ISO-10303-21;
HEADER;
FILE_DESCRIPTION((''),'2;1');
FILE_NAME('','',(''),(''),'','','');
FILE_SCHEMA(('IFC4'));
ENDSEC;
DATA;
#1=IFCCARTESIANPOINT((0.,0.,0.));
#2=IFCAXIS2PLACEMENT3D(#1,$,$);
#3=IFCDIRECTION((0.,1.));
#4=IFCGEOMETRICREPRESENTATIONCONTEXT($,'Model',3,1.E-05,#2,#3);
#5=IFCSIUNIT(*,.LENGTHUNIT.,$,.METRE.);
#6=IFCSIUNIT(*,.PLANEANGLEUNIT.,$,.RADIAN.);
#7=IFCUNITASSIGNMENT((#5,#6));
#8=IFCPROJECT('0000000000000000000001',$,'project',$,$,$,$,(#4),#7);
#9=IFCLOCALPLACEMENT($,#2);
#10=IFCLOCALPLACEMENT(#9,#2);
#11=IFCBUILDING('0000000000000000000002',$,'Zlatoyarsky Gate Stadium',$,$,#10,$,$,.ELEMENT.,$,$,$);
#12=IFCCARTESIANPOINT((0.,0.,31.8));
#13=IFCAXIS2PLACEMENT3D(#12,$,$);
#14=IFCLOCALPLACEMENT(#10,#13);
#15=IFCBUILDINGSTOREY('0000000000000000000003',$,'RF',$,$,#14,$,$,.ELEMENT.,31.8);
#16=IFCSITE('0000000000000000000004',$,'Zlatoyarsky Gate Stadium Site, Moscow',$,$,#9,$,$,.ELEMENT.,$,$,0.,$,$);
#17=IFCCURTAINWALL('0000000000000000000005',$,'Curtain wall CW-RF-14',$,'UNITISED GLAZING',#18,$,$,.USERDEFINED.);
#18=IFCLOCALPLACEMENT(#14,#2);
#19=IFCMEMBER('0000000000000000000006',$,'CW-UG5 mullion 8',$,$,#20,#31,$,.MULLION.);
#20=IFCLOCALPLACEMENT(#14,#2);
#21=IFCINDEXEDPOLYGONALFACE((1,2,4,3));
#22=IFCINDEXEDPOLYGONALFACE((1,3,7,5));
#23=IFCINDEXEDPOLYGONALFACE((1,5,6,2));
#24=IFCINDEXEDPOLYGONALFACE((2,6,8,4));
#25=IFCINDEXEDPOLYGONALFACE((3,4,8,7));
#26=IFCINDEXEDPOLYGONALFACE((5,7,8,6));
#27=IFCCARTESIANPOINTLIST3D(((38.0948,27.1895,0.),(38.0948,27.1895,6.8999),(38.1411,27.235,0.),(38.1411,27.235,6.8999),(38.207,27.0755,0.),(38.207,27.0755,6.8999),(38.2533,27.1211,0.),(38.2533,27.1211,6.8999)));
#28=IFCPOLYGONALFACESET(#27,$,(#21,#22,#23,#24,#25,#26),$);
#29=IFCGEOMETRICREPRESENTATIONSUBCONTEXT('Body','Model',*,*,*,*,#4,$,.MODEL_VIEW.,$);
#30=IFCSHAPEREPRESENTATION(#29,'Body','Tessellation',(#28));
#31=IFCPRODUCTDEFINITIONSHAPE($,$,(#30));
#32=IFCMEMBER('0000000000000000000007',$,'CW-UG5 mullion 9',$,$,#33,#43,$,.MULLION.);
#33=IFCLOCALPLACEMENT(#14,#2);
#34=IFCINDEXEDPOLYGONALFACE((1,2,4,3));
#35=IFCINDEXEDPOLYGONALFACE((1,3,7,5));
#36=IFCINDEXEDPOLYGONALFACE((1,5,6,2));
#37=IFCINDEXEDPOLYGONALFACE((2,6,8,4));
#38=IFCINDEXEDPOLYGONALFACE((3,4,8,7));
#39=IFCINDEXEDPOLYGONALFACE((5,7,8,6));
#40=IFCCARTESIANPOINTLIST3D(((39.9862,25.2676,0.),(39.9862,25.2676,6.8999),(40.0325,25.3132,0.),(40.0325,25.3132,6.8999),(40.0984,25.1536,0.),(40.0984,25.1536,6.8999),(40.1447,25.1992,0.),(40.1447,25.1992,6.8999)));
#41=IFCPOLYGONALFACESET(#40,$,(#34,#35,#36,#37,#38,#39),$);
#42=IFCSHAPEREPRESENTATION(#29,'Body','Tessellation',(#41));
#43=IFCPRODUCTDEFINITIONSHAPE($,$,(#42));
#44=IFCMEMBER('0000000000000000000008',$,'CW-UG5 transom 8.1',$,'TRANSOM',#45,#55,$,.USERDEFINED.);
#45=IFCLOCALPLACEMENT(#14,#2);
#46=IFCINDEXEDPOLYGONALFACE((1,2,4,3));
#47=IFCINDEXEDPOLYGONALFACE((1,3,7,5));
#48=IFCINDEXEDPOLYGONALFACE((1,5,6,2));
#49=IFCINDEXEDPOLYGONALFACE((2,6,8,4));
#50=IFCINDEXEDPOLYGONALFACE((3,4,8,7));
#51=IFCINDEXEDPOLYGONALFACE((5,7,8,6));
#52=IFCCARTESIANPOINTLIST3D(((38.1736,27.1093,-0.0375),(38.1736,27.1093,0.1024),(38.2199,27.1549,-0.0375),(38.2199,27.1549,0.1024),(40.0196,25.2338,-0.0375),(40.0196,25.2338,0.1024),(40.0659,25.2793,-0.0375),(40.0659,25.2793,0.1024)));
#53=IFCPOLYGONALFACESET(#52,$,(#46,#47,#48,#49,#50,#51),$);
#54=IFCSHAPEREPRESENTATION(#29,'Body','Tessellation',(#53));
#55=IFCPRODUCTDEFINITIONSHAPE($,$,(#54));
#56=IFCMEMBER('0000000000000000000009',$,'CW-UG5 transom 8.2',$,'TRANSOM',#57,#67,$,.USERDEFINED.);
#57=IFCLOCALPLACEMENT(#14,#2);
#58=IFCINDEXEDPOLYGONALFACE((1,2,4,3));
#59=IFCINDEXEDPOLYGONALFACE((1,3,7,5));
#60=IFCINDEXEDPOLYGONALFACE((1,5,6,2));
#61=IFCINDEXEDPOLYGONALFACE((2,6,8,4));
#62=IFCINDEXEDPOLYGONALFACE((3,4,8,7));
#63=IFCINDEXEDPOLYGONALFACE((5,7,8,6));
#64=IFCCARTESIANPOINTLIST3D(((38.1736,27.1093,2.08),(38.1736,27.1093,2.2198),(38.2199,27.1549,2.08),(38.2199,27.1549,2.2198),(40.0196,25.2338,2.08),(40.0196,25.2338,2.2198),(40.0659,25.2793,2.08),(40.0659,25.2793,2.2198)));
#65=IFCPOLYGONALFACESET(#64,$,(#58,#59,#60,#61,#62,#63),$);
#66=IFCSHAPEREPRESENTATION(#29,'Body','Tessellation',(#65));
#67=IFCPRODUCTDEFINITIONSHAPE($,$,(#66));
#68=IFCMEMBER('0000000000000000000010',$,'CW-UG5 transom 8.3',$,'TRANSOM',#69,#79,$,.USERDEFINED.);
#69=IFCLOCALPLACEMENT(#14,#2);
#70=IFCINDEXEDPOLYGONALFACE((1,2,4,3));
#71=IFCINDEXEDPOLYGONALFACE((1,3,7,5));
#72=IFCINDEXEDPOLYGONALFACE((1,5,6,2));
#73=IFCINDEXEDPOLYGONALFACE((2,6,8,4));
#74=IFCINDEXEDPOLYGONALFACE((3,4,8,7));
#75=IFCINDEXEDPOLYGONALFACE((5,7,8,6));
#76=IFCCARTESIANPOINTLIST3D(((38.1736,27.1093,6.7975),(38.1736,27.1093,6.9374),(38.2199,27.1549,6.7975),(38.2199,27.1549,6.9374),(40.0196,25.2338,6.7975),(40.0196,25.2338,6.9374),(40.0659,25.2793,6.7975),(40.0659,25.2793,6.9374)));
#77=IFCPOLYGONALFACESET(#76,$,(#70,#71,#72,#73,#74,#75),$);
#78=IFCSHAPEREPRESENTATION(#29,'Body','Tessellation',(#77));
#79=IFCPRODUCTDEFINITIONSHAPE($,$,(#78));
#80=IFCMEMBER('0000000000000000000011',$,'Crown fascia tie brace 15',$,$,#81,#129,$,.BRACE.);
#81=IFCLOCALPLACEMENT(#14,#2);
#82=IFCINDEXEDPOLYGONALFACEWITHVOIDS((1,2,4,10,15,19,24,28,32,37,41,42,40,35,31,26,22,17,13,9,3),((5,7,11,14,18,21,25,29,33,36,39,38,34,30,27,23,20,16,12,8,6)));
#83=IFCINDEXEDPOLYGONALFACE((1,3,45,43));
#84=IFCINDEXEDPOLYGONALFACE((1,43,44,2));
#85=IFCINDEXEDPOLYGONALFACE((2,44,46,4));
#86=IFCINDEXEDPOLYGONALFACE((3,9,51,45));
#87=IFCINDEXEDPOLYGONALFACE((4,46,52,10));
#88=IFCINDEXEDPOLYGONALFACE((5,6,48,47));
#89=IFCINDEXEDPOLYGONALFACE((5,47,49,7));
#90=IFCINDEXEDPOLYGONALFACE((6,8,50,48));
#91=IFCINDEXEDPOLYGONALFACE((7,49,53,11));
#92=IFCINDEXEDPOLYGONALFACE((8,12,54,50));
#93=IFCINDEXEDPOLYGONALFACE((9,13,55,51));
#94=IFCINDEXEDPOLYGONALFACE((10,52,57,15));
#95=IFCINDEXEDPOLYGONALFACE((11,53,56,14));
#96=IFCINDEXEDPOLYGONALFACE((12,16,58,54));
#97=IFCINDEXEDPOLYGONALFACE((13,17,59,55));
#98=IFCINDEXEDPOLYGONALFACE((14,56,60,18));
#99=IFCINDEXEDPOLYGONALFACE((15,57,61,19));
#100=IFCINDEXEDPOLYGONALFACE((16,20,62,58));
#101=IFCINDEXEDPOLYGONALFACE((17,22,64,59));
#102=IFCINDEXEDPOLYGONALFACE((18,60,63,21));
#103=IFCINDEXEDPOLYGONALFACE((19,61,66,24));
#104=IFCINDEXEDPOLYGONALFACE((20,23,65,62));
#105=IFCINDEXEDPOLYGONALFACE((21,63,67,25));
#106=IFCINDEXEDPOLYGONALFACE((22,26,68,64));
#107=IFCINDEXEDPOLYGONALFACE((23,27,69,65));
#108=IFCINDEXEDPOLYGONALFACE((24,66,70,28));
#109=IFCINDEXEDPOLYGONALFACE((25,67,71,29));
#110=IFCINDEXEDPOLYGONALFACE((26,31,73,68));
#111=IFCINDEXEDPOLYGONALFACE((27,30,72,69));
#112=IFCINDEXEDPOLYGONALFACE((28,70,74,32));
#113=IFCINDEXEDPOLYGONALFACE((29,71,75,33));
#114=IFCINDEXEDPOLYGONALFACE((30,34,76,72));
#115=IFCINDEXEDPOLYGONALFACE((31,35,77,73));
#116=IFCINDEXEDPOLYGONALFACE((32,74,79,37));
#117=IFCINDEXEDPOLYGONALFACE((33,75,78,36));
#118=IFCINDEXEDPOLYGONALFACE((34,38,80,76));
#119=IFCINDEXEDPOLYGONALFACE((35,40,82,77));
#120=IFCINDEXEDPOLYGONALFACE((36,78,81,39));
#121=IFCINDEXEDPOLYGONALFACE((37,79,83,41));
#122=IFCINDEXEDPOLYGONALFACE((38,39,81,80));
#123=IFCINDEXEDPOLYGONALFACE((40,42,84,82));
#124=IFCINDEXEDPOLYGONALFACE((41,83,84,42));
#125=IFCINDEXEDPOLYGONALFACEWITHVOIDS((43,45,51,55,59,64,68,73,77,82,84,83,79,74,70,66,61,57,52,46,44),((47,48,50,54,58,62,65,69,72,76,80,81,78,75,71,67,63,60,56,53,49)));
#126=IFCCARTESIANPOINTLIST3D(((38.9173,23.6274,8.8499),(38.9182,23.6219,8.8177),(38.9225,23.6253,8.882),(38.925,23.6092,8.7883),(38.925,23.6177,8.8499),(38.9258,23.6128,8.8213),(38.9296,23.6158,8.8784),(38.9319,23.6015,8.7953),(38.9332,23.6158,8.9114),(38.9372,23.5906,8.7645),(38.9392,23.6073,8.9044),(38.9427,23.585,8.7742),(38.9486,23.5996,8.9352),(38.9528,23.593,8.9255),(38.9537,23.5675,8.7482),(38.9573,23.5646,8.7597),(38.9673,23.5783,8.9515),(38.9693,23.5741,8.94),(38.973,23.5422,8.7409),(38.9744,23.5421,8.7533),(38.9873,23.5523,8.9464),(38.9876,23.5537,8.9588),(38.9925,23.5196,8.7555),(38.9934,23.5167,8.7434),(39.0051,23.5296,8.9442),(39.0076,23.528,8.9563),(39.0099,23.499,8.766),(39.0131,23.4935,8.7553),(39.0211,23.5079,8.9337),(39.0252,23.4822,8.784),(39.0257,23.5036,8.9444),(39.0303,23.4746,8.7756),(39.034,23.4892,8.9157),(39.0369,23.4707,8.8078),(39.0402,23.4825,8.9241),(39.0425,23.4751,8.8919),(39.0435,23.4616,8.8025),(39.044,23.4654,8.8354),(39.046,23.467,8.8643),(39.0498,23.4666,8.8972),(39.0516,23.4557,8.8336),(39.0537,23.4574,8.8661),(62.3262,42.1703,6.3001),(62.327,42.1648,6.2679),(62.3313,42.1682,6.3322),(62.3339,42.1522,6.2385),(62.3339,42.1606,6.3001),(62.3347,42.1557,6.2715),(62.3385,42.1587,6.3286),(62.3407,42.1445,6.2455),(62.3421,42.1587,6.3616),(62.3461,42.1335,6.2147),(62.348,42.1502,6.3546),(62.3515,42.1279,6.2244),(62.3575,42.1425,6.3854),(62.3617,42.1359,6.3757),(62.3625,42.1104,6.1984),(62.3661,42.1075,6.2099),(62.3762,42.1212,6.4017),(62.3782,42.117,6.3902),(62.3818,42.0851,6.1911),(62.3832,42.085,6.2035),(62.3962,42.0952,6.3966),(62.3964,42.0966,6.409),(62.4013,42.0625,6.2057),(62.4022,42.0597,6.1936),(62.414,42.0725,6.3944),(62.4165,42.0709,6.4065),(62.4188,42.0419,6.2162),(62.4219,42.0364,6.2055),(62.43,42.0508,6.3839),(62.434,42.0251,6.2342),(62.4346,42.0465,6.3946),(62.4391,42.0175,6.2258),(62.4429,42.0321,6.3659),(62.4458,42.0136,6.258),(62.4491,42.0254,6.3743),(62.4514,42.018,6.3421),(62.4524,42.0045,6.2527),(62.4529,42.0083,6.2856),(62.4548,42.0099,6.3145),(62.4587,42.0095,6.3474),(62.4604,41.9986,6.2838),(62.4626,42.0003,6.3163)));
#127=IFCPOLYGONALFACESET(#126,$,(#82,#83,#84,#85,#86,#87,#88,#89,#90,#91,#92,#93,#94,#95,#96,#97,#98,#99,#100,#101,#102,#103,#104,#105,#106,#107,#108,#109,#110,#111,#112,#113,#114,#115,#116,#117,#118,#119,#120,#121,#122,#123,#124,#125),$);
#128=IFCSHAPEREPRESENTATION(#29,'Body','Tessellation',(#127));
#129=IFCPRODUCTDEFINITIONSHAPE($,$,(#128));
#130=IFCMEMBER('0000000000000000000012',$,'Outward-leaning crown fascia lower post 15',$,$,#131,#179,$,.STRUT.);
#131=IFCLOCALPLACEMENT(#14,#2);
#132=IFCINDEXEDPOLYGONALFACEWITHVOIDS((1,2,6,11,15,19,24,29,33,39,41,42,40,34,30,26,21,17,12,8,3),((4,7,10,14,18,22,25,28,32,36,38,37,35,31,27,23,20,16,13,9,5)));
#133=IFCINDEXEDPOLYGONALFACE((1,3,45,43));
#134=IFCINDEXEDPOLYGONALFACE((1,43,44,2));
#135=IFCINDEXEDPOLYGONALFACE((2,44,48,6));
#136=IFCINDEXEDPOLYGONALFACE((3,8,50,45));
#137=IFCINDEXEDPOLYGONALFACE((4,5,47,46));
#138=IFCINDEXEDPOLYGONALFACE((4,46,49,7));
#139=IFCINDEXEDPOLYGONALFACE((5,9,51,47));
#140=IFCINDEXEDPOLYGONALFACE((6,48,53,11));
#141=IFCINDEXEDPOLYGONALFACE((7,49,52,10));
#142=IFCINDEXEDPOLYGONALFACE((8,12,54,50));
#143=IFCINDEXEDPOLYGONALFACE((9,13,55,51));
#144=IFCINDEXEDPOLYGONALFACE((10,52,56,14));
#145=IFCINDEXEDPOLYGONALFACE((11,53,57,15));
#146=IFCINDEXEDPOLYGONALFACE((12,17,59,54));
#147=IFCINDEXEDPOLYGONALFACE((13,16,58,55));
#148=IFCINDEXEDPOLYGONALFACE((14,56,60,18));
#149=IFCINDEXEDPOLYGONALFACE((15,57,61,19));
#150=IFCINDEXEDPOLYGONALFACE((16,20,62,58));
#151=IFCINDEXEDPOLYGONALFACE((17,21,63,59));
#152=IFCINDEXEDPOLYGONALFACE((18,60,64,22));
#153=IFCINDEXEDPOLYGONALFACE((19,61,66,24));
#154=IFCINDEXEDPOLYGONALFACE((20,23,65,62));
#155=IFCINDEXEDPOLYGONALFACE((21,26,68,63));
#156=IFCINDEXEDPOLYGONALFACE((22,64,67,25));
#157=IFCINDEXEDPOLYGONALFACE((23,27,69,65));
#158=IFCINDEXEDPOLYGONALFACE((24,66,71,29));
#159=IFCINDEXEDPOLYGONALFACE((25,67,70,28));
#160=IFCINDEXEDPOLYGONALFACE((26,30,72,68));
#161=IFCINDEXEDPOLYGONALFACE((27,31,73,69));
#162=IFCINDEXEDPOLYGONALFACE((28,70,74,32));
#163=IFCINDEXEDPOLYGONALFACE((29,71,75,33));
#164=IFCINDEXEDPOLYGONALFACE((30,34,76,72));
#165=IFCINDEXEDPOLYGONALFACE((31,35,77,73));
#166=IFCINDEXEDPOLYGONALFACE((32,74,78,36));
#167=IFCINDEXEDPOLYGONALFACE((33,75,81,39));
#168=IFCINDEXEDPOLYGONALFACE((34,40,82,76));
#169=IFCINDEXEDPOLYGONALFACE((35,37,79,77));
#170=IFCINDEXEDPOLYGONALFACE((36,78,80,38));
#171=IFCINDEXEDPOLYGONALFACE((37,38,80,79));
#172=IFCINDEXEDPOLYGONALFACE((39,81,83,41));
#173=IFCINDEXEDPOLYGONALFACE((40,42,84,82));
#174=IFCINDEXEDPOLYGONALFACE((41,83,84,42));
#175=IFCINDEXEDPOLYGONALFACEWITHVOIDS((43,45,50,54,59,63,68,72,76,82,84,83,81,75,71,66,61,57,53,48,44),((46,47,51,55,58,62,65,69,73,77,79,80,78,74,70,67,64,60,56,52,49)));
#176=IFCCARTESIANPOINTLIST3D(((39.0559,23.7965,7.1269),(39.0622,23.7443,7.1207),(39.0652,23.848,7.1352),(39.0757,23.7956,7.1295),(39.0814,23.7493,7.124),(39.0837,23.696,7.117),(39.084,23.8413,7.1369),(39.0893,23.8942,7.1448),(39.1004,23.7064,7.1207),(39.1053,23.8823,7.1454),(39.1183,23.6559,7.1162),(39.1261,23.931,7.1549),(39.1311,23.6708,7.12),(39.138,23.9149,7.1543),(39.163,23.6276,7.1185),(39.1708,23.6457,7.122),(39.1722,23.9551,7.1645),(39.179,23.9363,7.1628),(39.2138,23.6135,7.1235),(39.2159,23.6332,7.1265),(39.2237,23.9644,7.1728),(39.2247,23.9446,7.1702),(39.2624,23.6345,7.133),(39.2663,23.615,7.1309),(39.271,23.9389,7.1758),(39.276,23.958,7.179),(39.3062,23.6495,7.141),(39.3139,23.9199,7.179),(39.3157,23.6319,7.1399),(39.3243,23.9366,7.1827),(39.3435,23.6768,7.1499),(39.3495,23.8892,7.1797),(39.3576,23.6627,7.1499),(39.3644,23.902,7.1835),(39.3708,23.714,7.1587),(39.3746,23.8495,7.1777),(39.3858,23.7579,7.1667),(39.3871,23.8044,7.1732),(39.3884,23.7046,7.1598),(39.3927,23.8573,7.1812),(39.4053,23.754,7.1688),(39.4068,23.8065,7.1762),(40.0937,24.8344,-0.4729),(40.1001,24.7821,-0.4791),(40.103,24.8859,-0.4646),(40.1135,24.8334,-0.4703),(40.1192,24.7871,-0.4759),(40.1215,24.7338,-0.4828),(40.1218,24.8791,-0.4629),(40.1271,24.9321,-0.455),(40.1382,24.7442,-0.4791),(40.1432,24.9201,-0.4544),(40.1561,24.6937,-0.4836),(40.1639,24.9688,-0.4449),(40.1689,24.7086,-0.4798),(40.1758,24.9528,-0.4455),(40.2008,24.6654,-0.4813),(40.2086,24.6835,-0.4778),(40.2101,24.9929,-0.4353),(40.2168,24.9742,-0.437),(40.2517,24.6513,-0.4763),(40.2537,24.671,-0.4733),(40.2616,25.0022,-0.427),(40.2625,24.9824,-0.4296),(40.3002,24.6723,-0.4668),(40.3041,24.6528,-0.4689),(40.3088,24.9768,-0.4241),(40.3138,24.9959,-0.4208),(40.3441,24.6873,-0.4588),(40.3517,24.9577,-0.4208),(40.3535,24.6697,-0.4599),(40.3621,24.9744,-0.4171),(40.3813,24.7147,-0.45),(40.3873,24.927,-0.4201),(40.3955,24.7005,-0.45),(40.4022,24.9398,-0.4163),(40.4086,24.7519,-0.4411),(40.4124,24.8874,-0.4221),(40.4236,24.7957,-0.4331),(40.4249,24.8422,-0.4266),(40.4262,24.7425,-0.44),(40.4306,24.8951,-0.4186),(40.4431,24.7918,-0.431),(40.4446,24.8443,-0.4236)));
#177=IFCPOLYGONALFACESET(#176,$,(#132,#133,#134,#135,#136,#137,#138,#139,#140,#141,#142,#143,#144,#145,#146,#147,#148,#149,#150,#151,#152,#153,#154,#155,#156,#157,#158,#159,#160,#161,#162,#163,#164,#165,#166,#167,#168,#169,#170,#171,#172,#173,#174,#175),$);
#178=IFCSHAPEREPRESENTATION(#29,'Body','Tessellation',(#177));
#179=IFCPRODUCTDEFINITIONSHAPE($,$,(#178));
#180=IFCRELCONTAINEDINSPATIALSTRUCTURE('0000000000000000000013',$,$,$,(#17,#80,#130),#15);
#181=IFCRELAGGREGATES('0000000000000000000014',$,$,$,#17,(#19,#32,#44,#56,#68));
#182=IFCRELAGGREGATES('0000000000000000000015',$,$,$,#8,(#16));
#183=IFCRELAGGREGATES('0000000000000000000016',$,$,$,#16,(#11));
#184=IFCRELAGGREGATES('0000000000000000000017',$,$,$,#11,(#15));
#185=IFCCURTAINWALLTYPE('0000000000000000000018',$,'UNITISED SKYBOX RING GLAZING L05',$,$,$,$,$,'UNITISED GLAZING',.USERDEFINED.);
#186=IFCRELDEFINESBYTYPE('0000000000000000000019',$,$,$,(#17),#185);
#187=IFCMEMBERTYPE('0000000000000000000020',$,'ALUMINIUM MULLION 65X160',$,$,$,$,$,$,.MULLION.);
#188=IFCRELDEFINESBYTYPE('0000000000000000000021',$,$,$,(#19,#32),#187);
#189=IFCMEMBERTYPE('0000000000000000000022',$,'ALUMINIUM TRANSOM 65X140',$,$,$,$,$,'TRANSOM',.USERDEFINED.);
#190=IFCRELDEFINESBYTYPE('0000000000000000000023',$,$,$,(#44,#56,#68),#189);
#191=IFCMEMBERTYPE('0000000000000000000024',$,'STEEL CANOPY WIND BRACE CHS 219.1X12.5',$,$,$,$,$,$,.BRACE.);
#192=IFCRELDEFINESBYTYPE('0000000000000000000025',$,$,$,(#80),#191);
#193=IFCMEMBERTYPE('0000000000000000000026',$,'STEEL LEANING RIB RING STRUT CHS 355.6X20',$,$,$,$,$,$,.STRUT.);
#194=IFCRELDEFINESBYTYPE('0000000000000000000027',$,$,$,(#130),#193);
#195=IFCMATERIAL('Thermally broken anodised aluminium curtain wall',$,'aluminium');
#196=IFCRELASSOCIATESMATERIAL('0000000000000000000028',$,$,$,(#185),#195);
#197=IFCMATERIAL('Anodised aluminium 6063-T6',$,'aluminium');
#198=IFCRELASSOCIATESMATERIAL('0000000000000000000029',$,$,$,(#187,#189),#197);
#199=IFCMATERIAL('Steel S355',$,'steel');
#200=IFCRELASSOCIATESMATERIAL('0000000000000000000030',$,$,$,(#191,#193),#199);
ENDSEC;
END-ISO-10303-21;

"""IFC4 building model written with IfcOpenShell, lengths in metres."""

from ifc_helpers import new_model, si_unit, direction, frame, origin, origin_2d, place, context, subcontext, project, spatial, rectangle, hollow_circle, extrude, material, material_profile, profile_set, type_object, element, aggregate, save


model = new_model("IFC4")

# Units and contexts
model_context = context("Model", 3, precision=1e-05, world=origin(), true_north=direction((0.0, 1.0)))
body_context = subcontext(model_context, "Body", "Model", "MODEL_VIEW")
ifc_project = project(units=[si_unit("LENGTHUNIT", "METRE"), si_unit("PLANEANGLEUNIT", "RADIAN")], contexts=[model_context])

# Site, building, storey
site_placement = place(None, origin())
site = spatial("IfcSite", under=ifc_project, at=site_placement, Name="Zlatoyarsky Gate Stadium Site, Moscow", CompositionType="ELEMENT", RefElevation=0.0)
building_placement = place(site_placement, origin())
building = spatial("IfcBuilding", under=site, at=building_placement, Name="Zlatoyarsky Gate Stadium", CompositionType="ELEMENT")
storey_placement = place(building_placement, frame((0.0, 0.0, 31.8)))
storey = spatial("IfcBuildingStorey", under=building, at=storey_placement, Name="RF", CompositionType="ELEMENT", Elevation=31.8)

# Curtain wall, members
ifc_material_1 = material(Name="Thermally broken anodised aluminium curtain wall", Category="aluminium")
curtain_wall_type = type_object("IfcCurtainWallType", Name="UNITISED SKYBOX RING GLAZING L05", ElementType="UNITISED GLAZING", PredefinedType="USERDEFINED", material=ifc_material_1)
curtain_wall_placement = place(storey_placement, origin())
curtain_wall = element("IfcCurtainWall", 1, at=curtain_wall_placement, inside=storey, type_object=curtain_wall_type, Name="Curtain wall CW-RF-14", ObjectType="UNITISED GLAZING", PredefinedType="USERDEFINED")
ifc_material_2 = material(Name="Anodised aluminium 6063-T6", Category="aluminium")
ifc_material_profile_1 = material_profile(ifc_material_2, rectangle(XDim=0.0649, YDim=0.1599, at=origin_2d()), Name="ALU 65X160")
ifc_profile_set_1 = profile_set([ifc_material_profile_1], Name="Anodised aluminium 6063-T6")
member_type_1 = type_object("IfcMemberType", Name="ALUMINIUM MULLION 65X160", PredefinedType="MULLION", material=ifc_profile_set_1)
member_1_placement = place(storey_placement, frame((38.1741, 27.1553, 0.0), z_axis=(0.0, 0.0, 1.0), x_axis=(0.712766, 0.701402, 0.0)))
member_1 = element("IfcMember", 2, at=member_1_placement, type_object=member_type_1, Name="CW-UG5 mullion 8", PredefinedType="MULLION", context=body_context, shape_type="SweptSolid", body=[
    extrude(rectangle(XDim=0.0649, YDim=0.1599, at=origin_2d()), origin(), (0.0, 0.0, 1.0), 6.8999),
])
member_2_placement = place(storey_placement, frame((40.0654, 25.2334, 0.0), z_axis=(0.0, 0.0, 1.0), x_axis=(0.712766, 0.701402, 0.0)))
member_2 = element("IfcMember", 3, at=member_2_placement, type_object=member_type_1, Name="CW-UG5 mullion 9", PredefinedType="MULLION", context=body_context, shape_type="SweptSolid", body=[
    extrude(rectangle(XDim=0.0649, YDim=0.1599, at=origin_2d()), origin(), (0.0, 0.0, 1.0), 6.8999),
])
ifc_material_profile_2 = material_profile(ifc_material_2, rectangle(XDim=0.0649, YDim=0.1399, at=origin_2d()), Name="ALU 65X140")
ifc_profile_set_2 = profile_set([ifc_material_profile_2], Name="Anodised aluminium 6063-T6")
member_type_2 = type_object("IfcMemberType", Name="ALUMINIUM TRANSOM 65X140", ElementType="TRANSOM", PredefinedType="USERDEFINED", material=ifc_profile_set_2)
member_3_placement = place(storey_placement, frame((38.1968, 27.1321, 0.0325), z_axis=(0.701472, -0.712697, 0.0), x_axis=(0.712697, 0.701472, 0.0)))
member_3 = element("IfcMember", 4, at=member_3_placement, type_object=member_type_2, Name="CW-UG5 transom 8.1", ObjectType="TRANSOM", PredefinedType="USERDEFINED", context=body_context, shape_type="SweptSolid", body=[
    extrude(rectangle(XDim=0.0649, YDim=0.1399, at=origin_2d()), origin(), (0.0, 0.0, 1.0), 2.6316),
])
member_4_placement = place(storey_placement, frame((38.1968, 27.1321, 2.1499), z_axis=(0.701472, -0.712697, 0.0), x_axis=(0.712697, 0.701472, 0.0)))
member_4 = element("IfcMember", 5, at=member_4_placement, type_object=member_type_2, Name="CW-UG5 transom 8.2", ObjectType="TRANSOM", PredefinedType="USERDEFINED", context=body_context, shape_type="SweptSolid", body=[
    extrude(rectangle(XDim=0.0649, YDim=0.1399, at=origin_2d()), origin(), (0.0, 0.0, 1.0), 2.6316),
])
member_5_placement = place(storey_placement, frame((38.1968, 27.1321, 6.8674), z_axis=(0.701472, -0.712697, 0.0), x_axis=(0.712697, 0.701472, 0.0)))
member_5 = element("IfcMember", 6, at=member_5_placement, type_object=member_type_2, Name="CW-UG5 transom 8.3", ObjectType="TRANSOM", PredefinedType="USERDEFINED", context=body_context, shape_type="SweptSolid", body=[
    extrude(rectangle(XDim=0.0649, YDim=0.1399, at=origin_2d()), origin(), (0.0, 0.0, 1.0), 2.6316),
])

# Members
ifc_material_3 = material(Name="Steel S355", Category="steel")
ifc_material_profile_3 = material_profile(ifc_material_3, hollow_circle(Radius=0.1096, WallThickness=0.0125, at=origin_2d()), Name="CHS 219.1X12.5")
ifc_profile_set_3 = profile_set([ifc_material_profile_3], Name="Steel S355")
member_type_3 = type_object("IfcMemberType", Name="STEEL CANOPY WIND BRACE CHS 219.1X12.5", PredefinedType="BRACE", material=ifc_profile_set_3)
member_6_placement = place(storey_placement, frame((38.9854, 23.5415, 8.8499), z_axis=(0.781027, 0.618676, -0.085073), x_axis=(-0.620927, 0.783868, 0.0)))
element("IfcMember", 7, at=member_6_placement, inside=storey, type_object=member_type_3, Name="Crown fascia tie brace 15", PredefinedType="BRACE", context=body_context, shape_type="SweptSolid", body=[
    extrude(hollow_circle(Radius=0.1096, WallThickness=0.0125, at=origin_2d()), origin(), (0.0, 0.0, 1.0), 29.9719),
])
ifc_material_profile_4 = material_profile(ifc_material_3, hollow_circle(Radius=0.1777, WallThickness=0.02, at=origin_2d()), Name="CHS 355.6X20")
ifc_profile_set_4 = profile_set([ifc_material_profile_4], Name="Steel S355")
member_type_4 = type_object("IfcMemberType", Name="STEEL LEANING RIB RING STRUT CHS 355.6X20", PredefinedType="STRUT", material=ifc_profile_set_4)
member_7_placement = place(storey_placement, frame((40.2698, 24.8262, -0.45), z_axis=(-0.134083, -0.134083, 0.981857), x_axis=(0.707107, -0.707107, 0.0)))
element("IfcMember", 8, at=member_7_placement, inside=storey, type_object=member_type_4, Name="Outward-leaning crown fascia lower post 15", PredefinedType="STRUT", context=body_context, shape_type="SweptSolid", body=[
    extrude(hollow_circle(Radius=0.1777, WallThickness=0.02, at=origin_2d()), origin(), (0.0, 0.0, 1.0), 7.7402),
])

aggregate(curtain_wall, [member_1, member_2, member_3, member_4, member_5])

save(model, "model.ifc")
